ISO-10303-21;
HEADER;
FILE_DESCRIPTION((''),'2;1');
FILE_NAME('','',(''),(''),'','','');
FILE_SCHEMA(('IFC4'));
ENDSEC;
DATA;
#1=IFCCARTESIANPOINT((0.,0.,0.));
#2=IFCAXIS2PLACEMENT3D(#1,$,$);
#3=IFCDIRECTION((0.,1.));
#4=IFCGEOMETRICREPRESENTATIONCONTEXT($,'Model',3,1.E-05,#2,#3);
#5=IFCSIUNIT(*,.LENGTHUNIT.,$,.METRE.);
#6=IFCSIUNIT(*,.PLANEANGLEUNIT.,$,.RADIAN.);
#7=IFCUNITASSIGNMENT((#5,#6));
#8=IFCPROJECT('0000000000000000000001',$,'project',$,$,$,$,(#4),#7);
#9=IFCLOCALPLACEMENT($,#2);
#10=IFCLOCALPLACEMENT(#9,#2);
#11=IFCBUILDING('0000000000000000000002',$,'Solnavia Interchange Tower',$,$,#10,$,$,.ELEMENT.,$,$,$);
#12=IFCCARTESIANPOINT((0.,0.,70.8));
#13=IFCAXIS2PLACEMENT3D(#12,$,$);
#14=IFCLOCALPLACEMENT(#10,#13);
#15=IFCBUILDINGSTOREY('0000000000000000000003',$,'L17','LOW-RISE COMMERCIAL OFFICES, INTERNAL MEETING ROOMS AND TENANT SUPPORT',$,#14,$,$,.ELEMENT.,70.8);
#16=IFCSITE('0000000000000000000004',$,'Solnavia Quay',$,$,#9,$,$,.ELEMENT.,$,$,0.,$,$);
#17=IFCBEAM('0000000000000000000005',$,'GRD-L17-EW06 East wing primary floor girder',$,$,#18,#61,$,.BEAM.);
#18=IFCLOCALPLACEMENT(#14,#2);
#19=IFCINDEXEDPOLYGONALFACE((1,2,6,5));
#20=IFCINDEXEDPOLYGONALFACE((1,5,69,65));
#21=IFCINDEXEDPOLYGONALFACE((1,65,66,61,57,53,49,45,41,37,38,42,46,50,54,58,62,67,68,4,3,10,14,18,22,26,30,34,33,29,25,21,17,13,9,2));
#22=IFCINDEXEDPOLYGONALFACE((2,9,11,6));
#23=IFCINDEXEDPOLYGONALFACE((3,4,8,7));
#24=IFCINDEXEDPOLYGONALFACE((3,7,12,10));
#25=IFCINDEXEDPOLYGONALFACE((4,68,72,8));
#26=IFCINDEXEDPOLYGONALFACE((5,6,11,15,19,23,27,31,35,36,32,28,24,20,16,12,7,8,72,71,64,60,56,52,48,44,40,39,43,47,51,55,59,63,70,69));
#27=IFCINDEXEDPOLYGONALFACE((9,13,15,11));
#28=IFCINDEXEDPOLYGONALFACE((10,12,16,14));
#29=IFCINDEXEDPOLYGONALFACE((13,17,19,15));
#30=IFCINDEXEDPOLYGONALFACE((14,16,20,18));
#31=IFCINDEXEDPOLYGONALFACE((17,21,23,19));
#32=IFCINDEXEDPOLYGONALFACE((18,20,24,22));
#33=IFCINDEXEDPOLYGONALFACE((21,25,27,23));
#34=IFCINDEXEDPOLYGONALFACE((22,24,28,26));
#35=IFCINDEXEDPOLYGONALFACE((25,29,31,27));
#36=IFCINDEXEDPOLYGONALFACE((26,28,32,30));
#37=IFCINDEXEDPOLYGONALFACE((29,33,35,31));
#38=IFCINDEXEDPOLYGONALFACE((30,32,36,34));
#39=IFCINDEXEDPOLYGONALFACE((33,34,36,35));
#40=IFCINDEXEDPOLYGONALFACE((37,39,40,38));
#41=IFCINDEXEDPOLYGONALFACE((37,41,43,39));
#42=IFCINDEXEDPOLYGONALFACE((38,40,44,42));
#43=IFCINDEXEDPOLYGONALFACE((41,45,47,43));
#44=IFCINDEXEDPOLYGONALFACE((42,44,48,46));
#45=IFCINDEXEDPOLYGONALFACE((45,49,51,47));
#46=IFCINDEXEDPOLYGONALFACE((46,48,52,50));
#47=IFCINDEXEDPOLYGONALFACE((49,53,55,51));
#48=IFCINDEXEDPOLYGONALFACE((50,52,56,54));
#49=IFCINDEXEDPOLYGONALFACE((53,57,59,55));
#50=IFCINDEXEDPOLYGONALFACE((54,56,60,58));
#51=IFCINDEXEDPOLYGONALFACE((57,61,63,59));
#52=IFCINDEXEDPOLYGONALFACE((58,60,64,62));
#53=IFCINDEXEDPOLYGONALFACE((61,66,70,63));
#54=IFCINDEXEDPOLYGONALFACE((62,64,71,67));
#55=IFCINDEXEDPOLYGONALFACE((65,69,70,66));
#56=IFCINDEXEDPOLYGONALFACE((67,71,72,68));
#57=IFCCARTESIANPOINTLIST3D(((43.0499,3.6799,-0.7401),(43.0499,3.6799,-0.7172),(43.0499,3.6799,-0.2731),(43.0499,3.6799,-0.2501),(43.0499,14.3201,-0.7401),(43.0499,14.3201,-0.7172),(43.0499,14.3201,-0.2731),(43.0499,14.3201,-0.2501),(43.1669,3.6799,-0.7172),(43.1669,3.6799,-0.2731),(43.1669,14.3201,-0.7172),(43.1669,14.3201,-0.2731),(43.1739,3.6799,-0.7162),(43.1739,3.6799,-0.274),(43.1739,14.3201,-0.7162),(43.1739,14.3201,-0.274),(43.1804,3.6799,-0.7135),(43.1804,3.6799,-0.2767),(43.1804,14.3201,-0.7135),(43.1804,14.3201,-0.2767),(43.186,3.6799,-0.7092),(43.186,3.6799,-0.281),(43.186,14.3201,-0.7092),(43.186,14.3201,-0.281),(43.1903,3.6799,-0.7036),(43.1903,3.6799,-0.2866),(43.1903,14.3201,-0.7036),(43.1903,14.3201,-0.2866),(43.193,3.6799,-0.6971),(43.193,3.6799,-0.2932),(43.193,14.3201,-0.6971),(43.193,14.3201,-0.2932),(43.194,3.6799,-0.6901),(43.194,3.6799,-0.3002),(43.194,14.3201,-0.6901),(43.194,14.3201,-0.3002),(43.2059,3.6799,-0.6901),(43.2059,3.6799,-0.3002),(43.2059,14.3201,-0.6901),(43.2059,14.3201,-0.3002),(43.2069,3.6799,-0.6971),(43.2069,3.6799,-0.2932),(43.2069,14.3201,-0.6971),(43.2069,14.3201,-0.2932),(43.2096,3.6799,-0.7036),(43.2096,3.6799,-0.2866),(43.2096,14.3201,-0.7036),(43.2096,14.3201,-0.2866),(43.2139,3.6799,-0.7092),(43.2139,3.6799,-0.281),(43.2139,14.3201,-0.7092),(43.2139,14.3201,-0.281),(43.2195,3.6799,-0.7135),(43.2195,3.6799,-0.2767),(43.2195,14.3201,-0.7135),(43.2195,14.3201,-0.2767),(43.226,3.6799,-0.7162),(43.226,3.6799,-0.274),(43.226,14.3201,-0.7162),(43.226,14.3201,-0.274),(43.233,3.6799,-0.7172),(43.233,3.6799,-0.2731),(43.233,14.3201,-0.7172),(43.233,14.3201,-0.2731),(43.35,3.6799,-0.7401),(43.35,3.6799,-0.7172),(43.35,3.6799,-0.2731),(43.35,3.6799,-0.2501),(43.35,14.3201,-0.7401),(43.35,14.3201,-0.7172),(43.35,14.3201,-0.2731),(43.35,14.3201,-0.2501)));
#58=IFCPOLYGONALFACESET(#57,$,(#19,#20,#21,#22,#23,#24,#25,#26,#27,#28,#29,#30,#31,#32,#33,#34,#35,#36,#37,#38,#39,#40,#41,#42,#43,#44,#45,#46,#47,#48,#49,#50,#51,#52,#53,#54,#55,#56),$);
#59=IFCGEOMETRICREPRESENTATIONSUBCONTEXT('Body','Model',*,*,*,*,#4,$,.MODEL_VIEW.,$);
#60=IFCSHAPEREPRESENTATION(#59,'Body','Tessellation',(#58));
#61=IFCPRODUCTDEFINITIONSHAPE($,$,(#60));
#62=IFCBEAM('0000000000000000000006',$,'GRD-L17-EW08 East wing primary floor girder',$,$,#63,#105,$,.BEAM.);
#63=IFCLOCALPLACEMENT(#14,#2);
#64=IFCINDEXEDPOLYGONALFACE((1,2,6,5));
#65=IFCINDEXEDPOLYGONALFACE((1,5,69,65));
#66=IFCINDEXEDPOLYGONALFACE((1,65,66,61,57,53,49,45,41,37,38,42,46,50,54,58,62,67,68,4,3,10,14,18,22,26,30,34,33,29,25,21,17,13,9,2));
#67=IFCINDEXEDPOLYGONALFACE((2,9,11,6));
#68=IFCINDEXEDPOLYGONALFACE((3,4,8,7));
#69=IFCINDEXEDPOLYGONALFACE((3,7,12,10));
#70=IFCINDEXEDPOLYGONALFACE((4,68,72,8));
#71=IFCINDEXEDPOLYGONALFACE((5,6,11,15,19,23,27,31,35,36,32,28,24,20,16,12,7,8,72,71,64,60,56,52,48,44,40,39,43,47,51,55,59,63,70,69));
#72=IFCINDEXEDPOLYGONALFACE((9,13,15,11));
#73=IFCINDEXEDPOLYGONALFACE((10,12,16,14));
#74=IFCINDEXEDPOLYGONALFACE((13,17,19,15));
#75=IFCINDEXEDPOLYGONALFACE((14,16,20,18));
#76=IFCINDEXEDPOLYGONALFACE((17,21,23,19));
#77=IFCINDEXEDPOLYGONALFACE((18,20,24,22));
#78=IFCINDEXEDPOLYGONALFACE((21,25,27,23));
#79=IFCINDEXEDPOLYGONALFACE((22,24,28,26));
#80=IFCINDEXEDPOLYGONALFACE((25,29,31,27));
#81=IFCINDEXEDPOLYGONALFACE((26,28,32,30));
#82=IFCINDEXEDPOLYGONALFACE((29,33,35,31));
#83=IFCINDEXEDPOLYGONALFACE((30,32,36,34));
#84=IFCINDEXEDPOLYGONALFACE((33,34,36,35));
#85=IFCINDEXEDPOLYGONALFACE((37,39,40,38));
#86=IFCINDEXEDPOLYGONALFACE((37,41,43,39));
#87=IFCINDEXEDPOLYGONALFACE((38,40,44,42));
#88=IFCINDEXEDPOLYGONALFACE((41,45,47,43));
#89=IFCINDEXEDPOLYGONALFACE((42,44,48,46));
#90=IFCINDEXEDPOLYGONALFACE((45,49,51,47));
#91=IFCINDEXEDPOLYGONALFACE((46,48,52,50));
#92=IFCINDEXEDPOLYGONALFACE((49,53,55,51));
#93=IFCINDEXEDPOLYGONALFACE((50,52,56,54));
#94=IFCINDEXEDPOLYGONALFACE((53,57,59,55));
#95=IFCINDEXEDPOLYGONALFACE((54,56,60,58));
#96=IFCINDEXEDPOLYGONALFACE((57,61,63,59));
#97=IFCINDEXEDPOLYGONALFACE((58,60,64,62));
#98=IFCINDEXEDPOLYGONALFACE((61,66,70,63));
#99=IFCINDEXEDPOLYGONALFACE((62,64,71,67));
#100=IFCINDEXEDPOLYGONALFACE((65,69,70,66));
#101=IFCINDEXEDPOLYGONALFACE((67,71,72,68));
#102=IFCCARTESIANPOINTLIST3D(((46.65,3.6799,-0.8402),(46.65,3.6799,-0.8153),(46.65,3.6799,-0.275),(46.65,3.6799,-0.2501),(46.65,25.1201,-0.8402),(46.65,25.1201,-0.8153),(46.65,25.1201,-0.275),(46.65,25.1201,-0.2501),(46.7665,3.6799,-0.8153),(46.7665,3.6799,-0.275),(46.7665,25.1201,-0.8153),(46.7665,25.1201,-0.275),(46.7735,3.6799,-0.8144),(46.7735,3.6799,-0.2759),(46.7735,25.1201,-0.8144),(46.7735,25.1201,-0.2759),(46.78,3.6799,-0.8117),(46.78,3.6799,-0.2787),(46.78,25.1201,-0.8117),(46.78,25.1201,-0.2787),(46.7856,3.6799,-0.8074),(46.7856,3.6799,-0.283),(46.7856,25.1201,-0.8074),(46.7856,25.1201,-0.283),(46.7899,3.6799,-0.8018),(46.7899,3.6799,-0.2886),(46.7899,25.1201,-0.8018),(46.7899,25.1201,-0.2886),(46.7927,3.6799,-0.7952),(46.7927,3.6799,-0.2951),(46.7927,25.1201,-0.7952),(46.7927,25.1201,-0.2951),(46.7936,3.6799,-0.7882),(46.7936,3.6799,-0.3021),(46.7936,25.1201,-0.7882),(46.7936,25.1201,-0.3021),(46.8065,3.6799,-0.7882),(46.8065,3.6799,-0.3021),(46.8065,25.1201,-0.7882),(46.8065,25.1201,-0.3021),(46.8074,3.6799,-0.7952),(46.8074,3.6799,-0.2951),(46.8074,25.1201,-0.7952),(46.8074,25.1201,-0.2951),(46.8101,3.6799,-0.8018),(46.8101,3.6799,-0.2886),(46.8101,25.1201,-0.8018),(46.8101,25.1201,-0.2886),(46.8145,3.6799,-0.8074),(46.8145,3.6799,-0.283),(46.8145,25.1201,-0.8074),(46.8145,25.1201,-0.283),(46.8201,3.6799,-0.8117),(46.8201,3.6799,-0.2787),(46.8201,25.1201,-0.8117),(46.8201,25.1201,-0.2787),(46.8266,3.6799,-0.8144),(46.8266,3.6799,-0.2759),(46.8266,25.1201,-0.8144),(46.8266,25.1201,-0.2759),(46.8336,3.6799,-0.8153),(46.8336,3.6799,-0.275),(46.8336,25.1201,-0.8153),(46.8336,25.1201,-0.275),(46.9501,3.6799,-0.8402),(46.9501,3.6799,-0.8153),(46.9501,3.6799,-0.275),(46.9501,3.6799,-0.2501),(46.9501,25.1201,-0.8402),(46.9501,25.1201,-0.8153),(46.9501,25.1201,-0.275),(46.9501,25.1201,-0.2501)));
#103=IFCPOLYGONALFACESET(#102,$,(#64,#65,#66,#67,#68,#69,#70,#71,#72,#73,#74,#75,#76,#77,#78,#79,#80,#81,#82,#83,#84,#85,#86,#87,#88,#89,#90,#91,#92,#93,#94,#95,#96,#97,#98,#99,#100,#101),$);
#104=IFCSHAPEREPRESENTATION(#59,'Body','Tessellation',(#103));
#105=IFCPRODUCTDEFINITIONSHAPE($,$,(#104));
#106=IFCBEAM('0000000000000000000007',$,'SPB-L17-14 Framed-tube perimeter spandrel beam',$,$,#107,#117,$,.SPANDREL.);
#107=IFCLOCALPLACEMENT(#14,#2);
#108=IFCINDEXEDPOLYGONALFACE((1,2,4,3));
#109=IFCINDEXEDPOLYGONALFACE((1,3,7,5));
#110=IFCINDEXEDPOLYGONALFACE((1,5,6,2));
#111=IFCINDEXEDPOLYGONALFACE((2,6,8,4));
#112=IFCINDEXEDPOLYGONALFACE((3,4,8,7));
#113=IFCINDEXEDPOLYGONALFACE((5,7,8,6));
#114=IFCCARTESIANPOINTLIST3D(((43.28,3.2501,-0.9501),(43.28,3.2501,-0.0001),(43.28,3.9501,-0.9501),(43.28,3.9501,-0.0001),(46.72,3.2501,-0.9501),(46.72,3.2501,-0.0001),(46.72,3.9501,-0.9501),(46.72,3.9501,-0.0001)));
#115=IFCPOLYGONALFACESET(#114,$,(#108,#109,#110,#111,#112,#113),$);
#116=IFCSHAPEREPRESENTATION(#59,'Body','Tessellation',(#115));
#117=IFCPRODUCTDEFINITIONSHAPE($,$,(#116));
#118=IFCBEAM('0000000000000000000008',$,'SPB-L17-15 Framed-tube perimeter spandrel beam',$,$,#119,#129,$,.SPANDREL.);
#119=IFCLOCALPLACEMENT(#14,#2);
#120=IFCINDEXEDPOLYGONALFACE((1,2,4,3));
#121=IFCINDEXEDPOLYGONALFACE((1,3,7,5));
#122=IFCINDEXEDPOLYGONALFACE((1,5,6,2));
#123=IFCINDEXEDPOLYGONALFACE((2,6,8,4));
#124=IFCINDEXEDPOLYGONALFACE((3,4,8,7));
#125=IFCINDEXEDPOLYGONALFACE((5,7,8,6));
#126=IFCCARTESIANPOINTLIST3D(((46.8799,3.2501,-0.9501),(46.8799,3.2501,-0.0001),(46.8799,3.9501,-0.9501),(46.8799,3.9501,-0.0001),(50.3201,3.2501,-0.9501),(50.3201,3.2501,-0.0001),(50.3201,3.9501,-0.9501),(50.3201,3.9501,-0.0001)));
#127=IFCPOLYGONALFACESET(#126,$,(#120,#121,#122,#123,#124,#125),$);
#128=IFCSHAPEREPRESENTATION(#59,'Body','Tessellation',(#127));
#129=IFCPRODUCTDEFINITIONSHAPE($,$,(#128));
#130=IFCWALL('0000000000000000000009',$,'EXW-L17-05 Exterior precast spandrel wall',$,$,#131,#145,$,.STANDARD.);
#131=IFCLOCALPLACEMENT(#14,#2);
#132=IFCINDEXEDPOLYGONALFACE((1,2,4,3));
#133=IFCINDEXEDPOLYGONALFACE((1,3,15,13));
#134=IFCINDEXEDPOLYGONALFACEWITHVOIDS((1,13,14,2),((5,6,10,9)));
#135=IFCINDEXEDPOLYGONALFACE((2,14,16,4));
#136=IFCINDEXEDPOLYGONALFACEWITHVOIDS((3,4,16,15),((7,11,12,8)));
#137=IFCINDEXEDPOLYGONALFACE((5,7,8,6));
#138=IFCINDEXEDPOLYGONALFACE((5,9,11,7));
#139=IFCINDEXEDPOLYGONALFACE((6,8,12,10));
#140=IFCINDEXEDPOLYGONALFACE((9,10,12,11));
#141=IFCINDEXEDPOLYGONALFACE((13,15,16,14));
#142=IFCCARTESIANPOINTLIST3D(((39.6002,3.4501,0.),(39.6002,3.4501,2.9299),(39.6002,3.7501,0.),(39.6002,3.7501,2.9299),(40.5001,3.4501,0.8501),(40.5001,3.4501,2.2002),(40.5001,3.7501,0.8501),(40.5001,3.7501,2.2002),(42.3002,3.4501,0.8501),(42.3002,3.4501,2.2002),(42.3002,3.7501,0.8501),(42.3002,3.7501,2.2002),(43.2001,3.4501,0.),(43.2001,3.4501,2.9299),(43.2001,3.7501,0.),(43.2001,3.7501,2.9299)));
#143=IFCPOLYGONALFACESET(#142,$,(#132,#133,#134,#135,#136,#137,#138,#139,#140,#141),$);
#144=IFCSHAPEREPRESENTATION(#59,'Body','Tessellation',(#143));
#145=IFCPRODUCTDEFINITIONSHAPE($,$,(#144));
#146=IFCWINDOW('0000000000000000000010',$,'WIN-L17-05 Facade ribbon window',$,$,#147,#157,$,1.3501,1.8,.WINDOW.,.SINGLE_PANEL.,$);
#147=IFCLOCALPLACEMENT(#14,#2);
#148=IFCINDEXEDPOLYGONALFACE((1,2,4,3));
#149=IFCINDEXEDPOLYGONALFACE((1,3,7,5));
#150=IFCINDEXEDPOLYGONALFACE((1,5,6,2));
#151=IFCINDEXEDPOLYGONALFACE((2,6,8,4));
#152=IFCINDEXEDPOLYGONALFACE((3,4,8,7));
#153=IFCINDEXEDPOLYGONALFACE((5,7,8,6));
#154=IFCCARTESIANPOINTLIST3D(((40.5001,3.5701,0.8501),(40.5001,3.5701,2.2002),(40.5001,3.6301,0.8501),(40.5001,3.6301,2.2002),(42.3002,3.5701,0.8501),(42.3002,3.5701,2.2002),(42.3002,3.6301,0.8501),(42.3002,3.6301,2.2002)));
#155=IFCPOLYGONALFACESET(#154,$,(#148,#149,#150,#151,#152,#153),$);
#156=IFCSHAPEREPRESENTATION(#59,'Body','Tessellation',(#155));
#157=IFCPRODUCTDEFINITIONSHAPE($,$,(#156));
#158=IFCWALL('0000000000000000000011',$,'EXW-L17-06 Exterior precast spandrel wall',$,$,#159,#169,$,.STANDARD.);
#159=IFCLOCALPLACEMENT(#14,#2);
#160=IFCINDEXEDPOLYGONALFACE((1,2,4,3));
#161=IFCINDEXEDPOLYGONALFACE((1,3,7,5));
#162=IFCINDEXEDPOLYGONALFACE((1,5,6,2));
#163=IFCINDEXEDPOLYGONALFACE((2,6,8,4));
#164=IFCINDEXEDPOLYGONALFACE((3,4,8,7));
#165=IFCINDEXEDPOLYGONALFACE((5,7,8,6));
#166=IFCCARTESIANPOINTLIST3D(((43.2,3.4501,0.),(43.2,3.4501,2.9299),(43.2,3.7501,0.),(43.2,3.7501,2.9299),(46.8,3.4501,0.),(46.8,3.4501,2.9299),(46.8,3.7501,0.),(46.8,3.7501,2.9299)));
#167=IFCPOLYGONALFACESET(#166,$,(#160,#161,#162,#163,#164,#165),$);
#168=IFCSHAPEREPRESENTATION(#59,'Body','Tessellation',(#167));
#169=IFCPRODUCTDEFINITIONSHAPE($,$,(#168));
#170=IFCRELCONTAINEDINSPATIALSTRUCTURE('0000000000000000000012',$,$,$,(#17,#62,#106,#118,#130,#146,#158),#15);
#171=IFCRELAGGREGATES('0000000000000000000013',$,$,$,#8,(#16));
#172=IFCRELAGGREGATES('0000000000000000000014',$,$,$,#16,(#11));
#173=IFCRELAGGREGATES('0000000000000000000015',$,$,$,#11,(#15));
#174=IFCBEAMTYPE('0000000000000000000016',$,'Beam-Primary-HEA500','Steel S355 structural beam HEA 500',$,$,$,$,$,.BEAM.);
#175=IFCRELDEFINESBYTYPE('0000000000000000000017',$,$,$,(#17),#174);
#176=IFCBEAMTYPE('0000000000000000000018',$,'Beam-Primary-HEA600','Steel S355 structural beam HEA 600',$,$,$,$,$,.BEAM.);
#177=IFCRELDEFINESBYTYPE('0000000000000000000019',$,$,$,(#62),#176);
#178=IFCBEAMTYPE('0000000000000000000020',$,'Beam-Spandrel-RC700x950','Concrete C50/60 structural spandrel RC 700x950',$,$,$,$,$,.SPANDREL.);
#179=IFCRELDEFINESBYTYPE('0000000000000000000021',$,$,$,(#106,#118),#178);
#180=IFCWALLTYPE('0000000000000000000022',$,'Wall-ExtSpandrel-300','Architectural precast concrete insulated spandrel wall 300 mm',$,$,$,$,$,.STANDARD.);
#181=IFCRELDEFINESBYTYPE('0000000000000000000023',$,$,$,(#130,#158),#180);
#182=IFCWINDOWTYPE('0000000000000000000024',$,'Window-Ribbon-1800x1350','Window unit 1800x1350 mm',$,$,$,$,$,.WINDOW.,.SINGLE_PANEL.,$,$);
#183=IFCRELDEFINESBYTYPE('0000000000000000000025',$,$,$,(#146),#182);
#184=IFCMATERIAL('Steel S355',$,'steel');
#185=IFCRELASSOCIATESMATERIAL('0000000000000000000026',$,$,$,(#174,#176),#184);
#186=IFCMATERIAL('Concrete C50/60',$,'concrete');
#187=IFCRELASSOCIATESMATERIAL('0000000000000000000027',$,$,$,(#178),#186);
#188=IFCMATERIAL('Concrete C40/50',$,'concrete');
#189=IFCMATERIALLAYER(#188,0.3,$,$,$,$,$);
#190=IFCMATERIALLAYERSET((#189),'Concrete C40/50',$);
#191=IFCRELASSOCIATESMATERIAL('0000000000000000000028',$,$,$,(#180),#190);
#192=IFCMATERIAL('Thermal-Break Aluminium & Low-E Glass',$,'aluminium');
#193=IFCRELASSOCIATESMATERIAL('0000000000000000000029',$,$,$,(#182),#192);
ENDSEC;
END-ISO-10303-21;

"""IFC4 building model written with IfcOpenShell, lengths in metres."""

from ifc_helpers import new_model, si_unit, direction, frame, frame_2d, origin, origin_2d, place, context, subcontext, project, spatial, rectangle, i_section, extrude, material, layer, layer_set, material_profile, profile_set, type_object, element, fill, save


model = new_model("IFC4")

# Units and contexts
model_context = context("Model", 3, precision=1e-05, world=origin(), true_north=direction((0.0, 1.0)))
body_context = subcontext(model_context, "Body", "Model", "MODEL_VIEW")
ifc_project = project(units=[si_unit("LENGTHUNIT", "METRE"), si_unit("PLANEANGLEUNIT", "RADIAN")], contexts=[model_context])

# Site, building, storey
site_placement = place(None, origin())
site = spatial("IfcSite", under=ifc_project, at=site_placement, Name="Solnavia Quay", CompositionType="ELEMENT", RefElevation=0.0)
building_placement = place(site_placement, origin())
building = spatial("IfcBuilding", under=site, at=building_placement, Name="Solnavia Interchange Tower", CompositionType="ELEMENT")
storey_placement = place(building_placement, frame((0.0, 0.0, 70.8)))
storey = spatial("IfcBuildingStorey", under=building, at=storey_placement, Name="L17", Description="LOW-RISE COMMERCIAL OFFICES, INTERNAL MEETING ROOMS AND TENANT SUPPORT", CompositionType="ELEMENT", Elevation=70.8)

# Shared definitions
ifc_material_1 = material(Name="Steel S355", Category="steel")

# Beams
ifc_material_profile_1 = material_profile(ifc_material_1, i_section(OverallWidth=0.3, OverallDepth=0.49, WebThickness=0.012, FlangeThickness=0.0229, FilletRadius=0.0271, at=origin_2d()), Name="HEA 500")
ifc_profile_set_1 = profile_set([ifc_material_profile_1], Name="Steel S355")
beam_type_1 = type_object("IfcBeamType", Name="Beam-Primary-HEA500", Description="Steel S355 structural beam HEA 500", PredefinedType="BEAM", material=ifc_profile_set_1)
beam_1_placement = place(storey_placement, frame((43.2, 3.6799, -0.4951), z_axis=(0.0, 1.0, 0.0), x_axis=(-1.0, 0.0, 0.0)))
element("IfcBeam", 1, at=beam_1_placement, inside=storey, type_object=beam_type_1, Name="GRD-L17-EW06 East wing primary floor girder", PredefinedType="BEAM", context=body_context, shape_type="SweptSolid", body=[
    extrude(i_section(OverallWidth=0.3, OverallDepth=0.49, WebThickness=0.012, FlangeThickness=0.0229, FilletRadius=0.0271, at=origin_2d()), origin(), (0.0, 0.0, 1.0), 10.6401),
])
ifc_material_profile_2 = material_profile(ifc_material_1, i_section(OverallWidth=0.3, OverallDepth=0.5901, WebThickness=0.0129, FlangeThickness=0.0249, FilletRadius=0.0271, at=origin_2d()), Name="HEA 600")
ifc_profile_set_2 = profile_set([ifc_material_profile_2], Name="Steel S355")
beam_type_2 = type_object("IfcBeamType", Name="Beam-Primary-HEA600", Description="Steel S355 structural beam HEA 600", PredefinedType="BEAM", material=ifc_profile_set_2)
beam_2_placement = place(storey_placement, frame((46.8, 3.6799, -0.5452), z_axis=(0.0, 1.0, 0.0), x_axis=(-1.0, 0.0, 0.0)))
element("IfcBeam", 2, at=beam_2_placement, inside=storey, type_object=beam_type_2, Name="GRD-L17-EW08 East wing primary floor girder", PredefinedType="BEAM", context=body_context, shape_type="SweptSolid", body=[
    extrude(i_section(OverallWidth=0.3, OverallDepth=0.5901, WebThickness=0.0129, FlangeThickness=0.0249, FilletRadius=0.0271, at=origin_2d()), origin(), (0.0, 0.0, 1.0), 21.4402),
])
ifc_material_2 = material(Name="Concrete C50/60", Category="concrete")
ifc_material_profile_3 = material_profile(ifc_material_2, rectangle(XDim=0.7, YDim=0.95, at=origin_2d()), Name="RC 700x950")
ifc_profile_set_3 = profile_set([ifc_material_profile_3], Name="Concrete C50/60")
beam_type_3 = type_object("IfcBeamType", Name="Beam-Spandrel-RC700x950", Description="Concrete C50/60 structural spandrel RC 700x950", PredefinedType="SPANDREL", material=ifc_profile_set_3)
beam_3_placement = place(storey_placement, frame((43.28, 3.6001, -0.4751), z_axis=(1.0, 0.0, 0.0), x_axis=(0.0, 1.0, 0.0)))
element("IfcBeam", 3, at=beam_3_placement, inside=storey, type_object=beam_type_3, Name="SPB-L17-14 Framed-tube perimeter spandrel beam", PredefinedType="SPANDREL", context=body_context, shape_type="SweptSolid", body=[
    extrude(rectangle(XDim=0.7, YDim=0.95, at=origin_2d()), origin(), (0.0, 0.0, 1.0), 3.4399),
])
beam_4_placement = place(storey_placement, frame((46.8799, 3.6001, -0.4751), z_axis=(1.0, 0.0, 0.0), x_axis=(0.0, 1.0, 0.0)))
element("IfcBeam", 4, at=beam_4_placement, inside=storey, type_object=beam_type_3, Name="SPB-L17-15 Framed-tube perimeter spandrel beam", PredefinedType="SPANDREL", context=body_context, shape_type="SweptSolid", body=[
    extrude(rectangle(XDim=0.7, YDim=0.95, at=origin_2d()), origin(), (0.0, 0.0, 1.0), 3.4402),
])

# Wall, opening, window
ifc_material_3 = material(Name="Concrete C40/50", Category="concrete")
ifc_layer_1 = layer(ifc_material_3, 0.3)
ifc_layer_set_1 = layer_set([ifc_layer_1], Name="Concrete C40/50")
wall_type_1 = type_object("IfcWallType", Name="Wall-ExtSpandrel-300", Description="Architectural precast concrete insulated spandrel wall 300 mm", PredefinedType="STANDARD", material=ifc_layer_set_1)
wall_1_placement = place(storey_placement, frame((43.2, 3.6001, 0.0), z_axis=(0.0, 0.0, 1.0), x_axis=(-1.0, 0.0, 0.0)))
wall_1 = element("IfcWall", 5, at=wall_1_placement, inside=storey, type_object=wall_type_1, Name="EXW-L17-05 Exterior precast spandrel wall", PredefinedType="STANDARD", context=body_context, shape_type="SweptSolid", body=[
    extrude(rectangle(XDim=3.5999, YDim=0.3, at=frame_2d((1.7998, 0.0))), origin(), (0.0, 0.0, 1.0), 2.9299),
])
opening_1_placement = place(wall_1_placement, frame((0.8999, 0.0, 0.8501)))
opening_1 = element("IfcOpeningElement", 6, at=opening_1_placement, cuts=wall_1, PredefinedType="OPENING", context=body_context, shape_type="SweptSolid", body=[
    extrude(rectangle(XDim=1.8, YDim=1.3501, at=frame_2d((0.8999, 0.675))), frame((0.0, 0.1602, 0.0), z_axis=(0.0, -1.0, 0.0), x_axis=(1.0, 0.0, 0.0)), (0.0, 0.0, 1.0), 0.3201),
])
ifc_material_4 = material(Name="Thermal-Break Aluminium & Low-E Glass", Category="aluminium")
window_type = type_object("IfcWindowType", Name="Window-Ribbon-1800x1350", Description="Window unit 1800x1350 mm", PartitioningType="SINGLE_PANEL", PredefinedType="WINDOW", material=ifc_material_4)
window_1_placement = place(opening_1_placement, origin())
window_1 = element("IfcWindow", 7, at=window_1_placement, inside=storey, type_object=window_type, Name="WIN-L17-05 Facade ribbon window", OverallHeight=1.3501, OverallWidth=1.8, PartitioningType="SINGLE_PANEL", PredefinedType="WINDOW", context=body_context, shape_type="SweptSolid", body=[
    extrude(rectangle(XDim=1.8, YDim=1.3501, at=frame_2d((0.8999, 0.675))), frame((0.0, 0.03, 0.0), z_axis=(0.0, -1.0, 0.0), x_axis=(1.0, 0.0, 0.0)), (0.0, 0.0, 1.0), 0.0601),
])
fill(opening_1, window_1)

# Wall
wall_2_placement = place(storey_placement, frame((46.8, 3.6001, 0.0), z_axis=(0.0, 0.0, 1.0), x_axis=(-1.0, 0.0, 0.0)))
element("IfcWall", 8, at=wall_2_placement, inside=storey, type_object=wall_type_1, Name="EXW-L17-06 Exterior precast spandrel wall", PredefinedType="STANDARD", context=body_context, shape_type="SweptSolid", body=[
    extrude(rectangle(XDim=3.6001, YDim=0.3, at=frame_2d((1.8, 0.0))), origin(), (0.0, 0.0, 1.0), 2.9299),
])

save(model, "model.ifc")
